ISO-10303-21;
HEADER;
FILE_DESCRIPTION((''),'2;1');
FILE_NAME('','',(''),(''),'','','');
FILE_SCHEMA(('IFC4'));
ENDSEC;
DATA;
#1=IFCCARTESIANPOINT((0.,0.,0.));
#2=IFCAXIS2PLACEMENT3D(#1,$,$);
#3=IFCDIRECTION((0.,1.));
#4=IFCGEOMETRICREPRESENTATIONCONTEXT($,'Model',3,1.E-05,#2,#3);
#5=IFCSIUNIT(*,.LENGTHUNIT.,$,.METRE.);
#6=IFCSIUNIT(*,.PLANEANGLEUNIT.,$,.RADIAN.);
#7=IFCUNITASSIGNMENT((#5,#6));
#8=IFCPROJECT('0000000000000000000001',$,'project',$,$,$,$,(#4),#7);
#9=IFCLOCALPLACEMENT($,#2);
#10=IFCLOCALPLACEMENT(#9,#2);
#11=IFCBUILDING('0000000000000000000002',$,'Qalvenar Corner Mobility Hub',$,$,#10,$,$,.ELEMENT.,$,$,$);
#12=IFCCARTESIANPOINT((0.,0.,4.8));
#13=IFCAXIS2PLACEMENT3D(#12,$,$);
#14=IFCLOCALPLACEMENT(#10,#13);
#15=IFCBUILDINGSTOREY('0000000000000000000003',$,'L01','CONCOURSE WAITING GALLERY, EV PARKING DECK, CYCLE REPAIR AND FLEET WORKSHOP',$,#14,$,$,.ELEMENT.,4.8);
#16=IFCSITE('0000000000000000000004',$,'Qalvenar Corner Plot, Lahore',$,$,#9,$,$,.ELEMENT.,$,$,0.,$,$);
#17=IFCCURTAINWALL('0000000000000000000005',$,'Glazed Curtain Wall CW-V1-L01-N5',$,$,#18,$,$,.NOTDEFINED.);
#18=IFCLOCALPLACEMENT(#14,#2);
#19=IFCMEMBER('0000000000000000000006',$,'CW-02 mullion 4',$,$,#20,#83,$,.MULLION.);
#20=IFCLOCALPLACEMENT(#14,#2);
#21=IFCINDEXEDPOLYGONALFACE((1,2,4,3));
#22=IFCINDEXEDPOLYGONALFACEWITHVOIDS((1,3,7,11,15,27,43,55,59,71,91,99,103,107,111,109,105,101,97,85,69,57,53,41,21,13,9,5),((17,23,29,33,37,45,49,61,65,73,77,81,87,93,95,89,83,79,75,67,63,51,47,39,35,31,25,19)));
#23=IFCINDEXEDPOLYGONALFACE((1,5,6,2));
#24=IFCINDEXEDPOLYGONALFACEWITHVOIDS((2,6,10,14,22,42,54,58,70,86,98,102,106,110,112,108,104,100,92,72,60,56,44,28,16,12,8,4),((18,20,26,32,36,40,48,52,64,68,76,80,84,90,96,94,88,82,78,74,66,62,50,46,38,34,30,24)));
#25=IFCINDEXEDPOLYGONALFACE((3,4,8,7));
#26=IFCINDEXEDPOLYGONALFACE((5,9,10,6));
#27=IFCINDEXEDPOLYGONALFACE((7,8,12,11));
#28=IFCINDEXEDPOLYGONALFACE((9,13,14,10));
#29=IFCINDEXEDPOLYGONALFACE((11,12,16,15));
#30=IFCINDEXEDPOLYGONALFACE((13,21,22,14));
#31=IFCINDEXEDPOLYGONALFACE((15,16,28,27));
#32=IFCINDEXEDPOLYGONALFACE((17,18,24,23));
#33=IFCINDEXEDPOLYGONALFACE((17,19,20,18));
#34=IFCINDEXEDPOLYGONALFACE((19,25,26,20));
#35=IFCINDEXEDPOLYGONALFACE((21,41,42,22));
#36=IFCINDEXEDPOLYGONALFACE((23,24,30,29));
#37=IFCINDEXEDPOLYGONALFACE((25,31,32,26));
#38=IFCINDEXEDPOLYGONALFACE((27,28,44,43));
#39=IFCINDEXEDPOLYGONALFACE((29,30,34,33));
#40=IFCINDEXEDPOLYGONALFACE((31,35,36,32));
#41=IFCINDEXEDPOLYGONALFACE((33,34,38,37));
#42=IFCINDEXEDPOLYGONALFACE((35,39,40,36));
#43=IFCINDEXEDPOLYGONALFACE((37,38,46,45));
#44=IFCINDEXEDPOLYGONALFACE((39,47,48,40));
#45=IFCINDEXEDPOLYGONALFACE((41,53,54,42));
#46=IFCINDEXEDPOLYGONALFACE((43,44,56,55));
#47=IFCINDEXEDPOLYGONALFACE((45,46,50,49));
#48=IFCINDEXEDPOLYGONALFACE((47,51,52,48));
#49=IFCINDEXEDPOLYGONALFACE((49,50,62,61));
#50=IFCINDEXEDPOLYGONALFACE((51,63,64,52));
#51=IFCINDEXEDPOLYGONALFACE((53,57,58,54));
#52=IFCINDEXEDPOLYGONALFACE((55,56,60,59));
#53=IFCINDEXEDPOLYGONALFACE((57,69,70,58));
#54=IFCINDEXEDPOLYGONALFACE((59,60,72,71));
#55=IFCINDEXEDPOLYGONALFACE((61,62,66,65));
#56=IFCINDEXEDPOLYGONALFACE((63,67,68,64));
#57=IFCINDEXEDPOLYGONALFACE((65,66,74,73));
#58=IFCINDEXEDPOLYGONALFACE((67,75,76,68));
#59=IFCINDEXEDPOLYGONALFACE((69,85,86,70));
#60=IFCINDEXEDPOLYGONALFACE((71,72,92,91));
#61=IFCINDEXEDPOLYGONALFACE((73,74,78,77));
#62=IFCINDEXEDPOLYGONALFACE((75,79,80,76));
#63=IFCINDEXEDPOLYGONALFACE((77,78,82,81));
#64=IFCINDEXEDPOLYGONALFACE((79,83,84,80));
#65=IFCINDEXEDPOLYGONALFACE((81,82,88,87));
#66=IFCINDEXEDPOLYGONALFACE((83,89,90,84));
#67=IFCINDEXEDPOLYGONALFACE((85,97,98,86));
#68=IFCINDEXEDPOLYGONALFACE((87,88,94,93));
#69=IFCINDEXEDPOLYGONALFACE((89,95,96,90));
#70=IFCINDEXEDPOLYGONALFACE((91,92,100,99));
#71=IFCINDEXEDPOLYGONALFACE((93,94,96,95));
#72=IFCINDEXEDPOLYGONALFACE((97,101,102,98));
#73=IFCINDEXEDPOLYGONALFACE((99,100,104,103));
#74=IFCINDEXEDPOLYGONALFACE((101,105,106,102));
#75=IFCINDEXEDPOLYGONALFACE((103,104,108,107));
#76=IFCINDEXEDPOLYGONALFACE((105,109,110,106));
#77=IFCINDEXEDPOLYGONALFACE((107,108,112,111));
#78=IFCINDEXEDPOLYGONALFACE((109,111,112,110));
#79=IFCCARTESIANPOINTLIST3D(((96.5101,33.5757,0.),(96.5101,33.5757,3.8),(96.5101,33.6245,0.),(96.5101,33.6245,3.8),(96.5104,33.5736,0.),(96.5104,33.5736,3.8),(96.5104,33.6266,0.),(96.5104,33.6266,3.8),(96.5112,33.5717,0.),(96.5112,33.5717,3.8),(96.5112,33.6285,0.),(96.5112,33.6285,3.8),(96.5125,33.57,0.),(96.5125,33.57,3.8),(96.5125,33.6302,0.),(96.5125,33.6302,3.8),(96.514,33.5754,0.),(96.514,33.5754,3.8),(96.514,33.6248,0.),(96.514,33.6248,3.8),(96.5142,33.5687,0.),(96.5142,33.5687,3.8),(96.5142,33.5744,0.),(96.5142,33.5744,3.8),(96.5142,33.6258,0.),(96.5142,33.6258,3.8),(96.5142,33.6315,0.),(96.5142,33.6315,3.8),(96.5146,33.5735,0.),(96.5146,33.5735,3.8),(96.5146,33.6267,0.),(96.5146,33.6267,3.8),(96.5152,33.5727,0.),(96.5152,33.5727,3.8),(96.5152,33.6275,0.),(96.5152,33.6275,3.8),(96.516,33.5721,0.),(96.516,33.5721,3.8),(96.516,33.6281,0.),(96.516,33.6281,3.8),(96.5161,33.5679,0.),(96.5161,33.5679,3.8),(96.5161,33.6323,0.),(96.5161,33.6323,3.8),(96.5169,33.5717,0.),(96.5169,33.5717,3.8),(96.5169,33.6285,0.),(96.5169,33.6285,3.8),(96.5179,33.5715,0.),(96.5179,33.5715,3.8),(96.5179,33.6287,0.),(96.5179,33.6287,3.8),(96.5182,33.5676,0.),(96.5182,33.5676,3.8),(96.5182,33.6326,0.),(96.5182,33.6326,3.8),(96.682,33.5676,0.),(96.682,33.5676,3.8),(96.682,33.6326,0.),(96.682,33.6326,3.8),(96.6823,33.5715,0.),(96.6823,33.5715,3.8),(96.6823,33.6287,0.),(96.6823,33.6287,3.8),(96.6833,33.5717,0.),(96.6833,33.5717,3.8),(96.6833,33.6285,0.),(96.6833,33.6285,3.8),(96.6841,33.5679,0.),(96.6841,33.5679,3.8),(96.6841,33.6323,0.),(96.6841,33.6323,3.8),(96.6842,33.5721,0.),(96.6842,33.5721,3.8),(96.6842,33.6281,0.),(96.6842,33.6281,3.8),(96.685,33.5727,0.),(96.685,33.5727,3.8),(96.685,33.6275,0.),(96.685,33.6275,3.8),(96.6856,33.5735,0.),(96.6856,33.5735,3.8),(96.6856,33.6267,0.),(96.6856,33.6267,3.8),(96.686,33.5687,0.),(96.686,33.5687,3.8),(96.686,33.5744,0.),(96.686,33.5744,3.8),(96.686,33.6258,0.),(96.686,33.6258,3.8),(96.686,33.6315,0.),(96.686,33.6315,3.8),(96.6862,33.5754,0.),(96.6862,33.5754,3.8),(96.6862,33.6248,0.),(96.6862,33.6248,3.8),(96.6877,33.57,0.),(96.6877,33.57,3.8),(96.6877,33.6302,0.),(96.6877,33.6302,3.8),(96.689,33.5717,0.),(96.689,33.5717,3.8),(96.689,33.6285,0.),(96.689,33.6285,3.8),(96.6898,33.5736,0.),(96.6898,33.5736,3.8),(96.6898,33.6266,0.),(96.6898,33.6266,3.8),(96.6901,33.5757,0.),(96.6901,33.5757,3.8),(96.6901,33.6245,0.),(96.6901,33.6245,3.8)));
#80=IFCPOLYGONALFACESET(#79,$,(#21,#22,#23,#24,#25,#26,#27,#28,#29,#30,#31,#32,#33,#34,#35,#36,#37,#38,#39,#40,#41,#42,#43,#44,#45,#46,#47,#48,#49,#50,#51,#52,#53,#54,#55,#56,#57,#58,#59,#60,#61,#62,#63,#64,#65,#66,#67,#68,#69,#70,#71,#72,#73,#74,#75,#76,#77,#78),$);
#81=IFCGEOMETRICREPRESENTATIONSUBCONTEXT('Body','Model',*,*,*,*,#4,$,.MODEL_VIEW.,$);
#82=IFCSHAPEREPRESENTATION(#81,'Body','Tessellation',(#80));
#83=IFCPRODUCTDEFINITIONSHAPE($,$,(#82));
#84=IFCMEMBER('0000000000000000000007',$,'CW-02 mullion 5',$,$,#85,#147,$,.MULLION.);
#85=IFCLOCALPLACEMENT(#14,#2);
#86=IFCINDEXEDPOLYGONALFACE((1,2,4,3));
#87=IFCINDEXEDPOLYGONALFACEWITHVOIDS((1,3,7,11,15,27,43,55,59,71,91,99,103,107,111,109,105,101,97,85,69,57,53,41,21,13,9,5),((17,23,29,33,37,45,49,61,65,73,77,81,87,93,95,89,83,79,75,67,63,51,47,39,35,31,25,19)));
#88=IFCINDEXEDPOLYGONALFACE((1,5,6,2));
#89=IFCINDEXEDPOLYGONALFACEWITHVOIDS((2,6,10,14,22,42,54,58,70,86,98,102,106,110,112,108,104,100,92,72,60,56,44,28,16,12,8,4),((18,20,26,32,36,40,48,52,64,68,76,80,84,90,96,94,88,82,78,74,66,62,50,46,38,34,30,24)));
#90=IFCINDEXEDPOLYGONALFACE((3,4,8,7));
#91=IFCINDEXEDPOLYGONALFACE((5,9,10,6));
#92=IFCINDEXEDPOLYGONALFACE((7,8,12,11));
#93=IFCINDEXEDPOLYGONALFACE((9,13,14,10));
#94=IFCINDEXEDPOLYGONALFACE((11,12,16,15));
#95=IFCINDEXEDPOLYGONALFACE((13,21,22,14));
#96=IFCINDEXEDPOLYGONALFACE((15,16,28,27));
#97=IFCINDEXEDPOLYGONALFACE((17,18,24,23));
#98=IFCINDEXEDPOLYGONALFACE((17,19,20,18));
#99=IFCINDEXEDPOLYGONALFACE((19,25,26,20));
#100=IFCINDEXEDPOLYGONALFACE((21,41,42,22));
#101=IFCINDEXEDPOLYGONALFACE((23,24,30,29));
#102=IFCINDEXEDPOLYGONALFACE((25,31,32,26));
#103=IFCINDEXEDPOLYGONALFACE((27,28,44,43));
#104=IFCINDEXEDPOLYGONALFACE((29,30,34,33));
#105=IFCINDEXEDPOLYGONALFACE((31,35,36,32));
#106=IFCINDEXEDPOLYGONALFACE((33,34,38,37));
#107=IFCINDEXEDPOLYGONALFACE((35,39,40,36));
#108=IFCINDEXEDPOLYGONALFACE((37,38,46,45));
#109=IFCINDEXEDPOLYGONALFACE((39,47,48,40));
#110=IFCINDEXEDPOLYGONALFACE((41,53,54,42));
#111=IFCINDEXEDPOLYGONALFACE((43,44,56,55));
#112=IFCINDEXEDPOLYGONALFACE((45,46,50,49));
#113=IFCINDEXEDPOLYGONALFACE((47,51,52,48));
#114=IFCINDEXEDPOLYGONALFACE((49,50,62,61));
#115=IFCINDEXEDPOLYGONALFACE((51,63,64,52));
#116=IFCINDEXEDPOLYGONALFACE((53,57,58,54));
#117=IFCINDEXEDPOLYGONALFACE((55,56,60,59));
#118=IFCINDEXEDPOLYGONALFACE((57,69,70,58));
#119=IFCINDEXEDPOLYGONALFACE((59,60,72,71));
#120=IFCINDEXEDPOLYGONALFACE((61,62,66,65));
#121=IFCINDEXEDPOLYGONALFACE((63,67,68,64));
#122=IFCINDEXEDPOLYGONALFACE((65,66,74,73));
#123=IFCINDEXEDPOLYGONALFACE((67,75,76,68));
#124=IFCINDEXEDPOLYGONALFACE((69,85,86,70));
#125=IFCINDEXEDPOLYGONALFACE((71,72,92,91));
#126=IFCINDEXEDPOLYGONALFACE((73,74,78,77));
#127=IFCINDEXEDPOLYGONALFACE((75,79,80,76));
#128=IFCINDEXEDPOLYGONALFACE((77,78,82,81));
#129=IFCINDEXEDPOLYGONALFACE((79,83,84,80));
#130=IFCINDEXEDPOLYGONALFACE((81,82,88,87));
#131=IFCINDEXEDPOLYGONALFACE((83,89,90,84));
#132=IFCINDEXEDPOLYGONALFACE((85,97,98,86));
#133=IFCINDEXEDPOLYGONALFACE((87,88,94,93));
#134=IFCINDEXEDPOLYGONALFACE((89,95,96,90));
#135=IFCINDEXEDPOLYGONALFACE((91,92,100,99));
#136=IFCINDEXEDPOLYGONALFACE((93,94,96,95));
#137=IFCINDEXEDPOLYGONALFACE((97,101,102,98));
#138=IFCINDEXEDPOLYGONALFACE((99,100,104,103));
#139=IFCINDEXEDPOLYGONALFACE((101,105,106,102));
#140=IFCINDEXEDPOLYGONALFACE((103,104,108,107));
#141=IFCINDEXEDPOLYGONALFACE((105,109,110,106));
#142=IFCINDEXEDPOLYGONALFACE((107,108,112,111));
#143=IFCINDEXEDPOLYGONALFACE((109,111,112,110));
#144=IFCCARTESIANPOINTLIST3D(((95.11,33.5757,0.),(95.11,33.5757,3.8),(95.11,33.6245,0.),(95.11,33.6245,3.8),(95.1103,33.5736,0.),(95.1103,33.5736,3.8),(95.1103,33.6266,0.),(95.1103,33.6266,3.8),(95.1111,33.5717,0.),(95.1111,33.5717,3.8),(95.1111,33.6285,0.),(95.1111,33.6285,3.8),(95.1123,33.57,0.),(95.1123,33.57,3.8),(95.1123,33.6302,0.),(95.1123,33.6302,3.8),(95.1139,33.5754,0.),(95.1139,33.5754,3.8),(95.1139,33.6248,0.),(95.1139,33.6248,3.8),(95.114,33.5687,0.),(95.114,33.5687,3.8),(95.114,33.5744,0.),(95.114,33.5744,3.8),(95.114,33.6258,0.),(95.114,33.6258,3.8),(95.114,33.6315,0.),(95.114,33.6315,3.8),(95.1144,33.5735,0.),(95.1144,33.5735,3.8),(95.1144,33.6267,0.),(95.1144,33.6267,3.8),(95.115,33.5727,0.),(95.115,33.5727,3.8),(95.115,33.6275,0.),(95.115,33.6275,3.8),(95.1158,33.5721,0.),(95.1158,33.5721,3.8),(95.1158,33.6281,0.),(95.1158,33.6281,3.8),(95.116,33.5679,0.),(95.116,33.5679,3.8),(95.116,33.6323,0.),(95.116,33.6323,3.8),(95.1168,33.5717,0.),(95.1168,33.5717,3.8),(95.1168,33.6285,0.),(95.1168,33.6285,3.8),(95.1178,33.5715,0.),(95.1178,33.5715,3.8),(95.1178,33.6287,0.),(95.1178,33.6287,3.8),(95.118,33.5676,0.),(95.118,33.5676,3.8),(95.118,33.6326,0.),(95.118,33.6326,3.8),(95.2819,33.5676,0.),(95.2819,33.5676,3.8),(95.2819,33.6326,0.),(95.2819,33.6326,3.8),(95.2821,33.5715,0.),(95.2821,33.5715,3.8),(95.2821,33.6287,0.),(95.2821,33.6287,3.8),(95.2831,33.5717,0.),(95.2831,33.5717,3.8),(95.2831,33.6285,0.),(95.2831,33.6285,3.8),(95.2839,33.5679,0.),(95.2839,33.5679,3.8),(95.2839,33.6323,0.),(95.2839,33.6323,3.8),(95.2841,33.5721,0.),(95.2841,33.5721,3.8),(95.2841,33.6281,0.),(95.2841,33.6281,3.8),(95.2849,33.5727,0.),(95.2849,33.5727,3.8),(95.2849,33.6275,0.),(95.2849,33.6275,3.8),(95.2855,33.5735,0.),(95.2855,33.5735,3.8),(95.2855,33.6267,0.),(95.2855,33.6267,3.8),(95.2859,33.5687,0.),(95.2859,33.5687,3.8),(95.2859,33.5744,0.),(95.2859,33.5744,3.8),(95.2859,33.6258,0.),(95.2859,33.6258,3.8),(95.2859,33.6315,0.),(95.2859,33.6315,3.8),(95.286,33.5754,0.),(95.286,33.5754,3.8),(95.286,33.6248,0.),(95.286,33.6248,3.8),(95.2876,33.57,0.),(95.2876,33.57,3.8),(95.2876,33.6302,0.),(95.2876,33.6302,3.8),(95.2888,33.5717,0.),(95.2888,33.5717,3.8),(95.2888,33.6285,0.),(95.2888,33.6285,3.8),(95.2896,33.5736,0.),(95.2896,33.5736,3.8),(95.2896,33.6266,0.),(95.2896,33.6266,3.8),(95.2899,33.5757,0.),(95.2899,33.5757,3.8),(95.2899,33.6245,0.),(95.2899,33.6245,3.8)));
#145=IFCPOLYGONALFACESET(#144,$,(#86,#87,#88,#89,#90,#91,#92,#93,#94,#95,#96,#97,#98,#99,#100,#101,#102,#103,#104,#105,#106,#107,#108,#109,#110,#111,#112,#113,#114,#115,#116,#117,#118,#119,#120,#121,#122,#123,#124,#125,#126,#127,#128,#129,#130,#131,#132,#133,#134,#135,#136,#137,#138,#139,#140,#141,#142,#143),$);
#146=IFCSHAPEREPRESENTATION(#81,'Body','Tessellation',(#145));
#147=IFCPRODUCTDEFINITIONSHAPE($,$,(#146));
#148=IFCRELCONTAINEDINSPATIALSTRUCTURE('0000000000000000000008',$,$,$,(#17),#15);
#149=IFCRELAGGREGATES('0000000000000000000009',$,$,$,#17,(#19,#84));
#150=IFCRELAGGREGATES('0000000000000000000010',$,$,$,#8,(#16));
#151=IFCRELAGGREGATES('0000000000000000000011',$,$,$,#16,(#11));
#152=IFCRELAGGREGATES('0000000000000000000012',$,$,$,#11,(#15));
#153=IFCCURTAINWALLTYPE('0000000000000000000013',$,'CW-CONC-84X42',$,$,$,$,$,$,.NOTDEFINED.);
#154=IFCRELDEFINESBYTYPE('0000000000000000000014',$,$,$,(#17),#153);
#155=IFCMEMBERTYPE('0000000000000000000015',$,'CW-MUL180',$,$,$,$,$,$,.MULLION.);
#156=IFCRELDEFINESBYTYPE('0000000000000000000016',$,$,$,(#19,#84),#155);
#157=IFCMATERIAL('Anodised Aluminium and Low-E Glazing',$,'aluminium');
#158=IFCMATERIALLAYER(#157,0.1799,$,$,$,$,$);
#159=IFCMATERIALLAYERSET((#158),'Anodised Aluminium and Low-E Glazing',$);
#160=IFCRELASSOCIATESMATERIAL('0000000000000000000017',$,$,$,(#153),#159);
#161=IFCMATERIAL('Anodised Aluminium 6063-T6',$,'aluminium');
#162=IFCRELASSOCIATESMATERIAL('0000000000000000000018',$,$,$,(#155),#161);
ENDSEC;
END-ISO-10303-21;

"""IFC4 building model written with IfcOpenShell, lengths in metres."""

from ifc_helpers import new_model, si_unit, direction, frame, origin, origin_2d, place, context, subcontext, project, spatial, hollow_rectangle, extrude, material, layer, layer_set, material_profile, profile_set, type_object, element, aggregate, save


model = new_model("IFC4")

# Units and contexts
model_context = context("Model", 3, precision=1e-05, world=origin(), true_north=direction((0.0, 1.0)))
body_context = subcontext(model_context, "Body", "Model", "MODEL_VIEW")
ifc_project = project(units=[si_unit("LENGTHUNIT", "METRE"), si_unit("PLANEANGLEUNIT", "RADIAN")], contexts=[model_context])

# Site, building, storey
site_placement = place(None, origin())
site = spatial("IfcSite", under=ifc_project, at=site_placement, Name="Qalvenar Corner Plot, Lahore", CompositionType="ELEMENT", RefElevation=0.0)
building_placement = place(site_placement, origin())
building = spatial("IfcBuilding", under=site, at=building_placement, Name="Qalvenar Corner Mobility Hub", CompositionType="ELEMENT")
storey_placement = place(building_placement, frame((0.0, 0.0, 4.8)))
storey = spatial("IfcBuildingStorey", under=building, at=storey_placement, Name="L01", Description="CONCOURSE WAITING GALLERY, EV PARKING DECK, CYCLE REPAIR AND FLEET WORKSHOP", CompositionType="ELEMENT", Elevation=4.8)

# Shared definitions
ifc_material_1 = material(Name="Anodised Aluminium and Low-E Glazing", Category="aluminium")
ifc_layer_1 = layer(ifc_material_1, 0.1799)
ifc_layer_set_1 = layer_set([ifc_layer_1], Name="Anodised Aluminium and Low-E Glazing")
curtain_wall_type = type_object("IfcCurtainWallType", Name="CW-CONC-84X42", PredefinedType="NOTDEFINED", material=ifc_layer_set_1)
ifc_material_2 = material(Name="Anodised Aluminium 6063-T6", Category="aluminium")
ifc_material_profile_1 = material_profile(ifc_material_2, hollow_rectangle(XDim=0.0649, YDim=0.1799, WallThickness=0.0039, InnerFilletRadius=0.0039, OuterFilletRadius=0.0081, at=origin_2d()), Name="RHS180x65x4")
ifc_profile_set_1 = profile_set([ifc_material_profile_1], Name="Anodised Aluminium 6063-T6")
member_type_1 = type_object("IfcMemberType", Name="CW-MUL180", PredefinedType="MULLION", material=ifc_profile_set_1)

# Curtain wall, members
curtain_wall_1_placement = place(storey_placement, origin())
curtain_wall_1 = element("IfcCurtainWall", 1, at=curtain_wall_1_placement, inside=storey, type_object=curtain_wall_type, Name="Glazed Curtain Wall CW-V1-L01-N5", PredefinedType="NOTDEFINED")
member_1_placement = place(storey_placement, frame((96.6001, 33.6001, 0.0), z_axis=(0.0, 0.0, 1.0), x_axis=(0.0, -1.0, 0.0)))
member_1 = element("IfcMember", 2, at=member_1_placement, type_object=member_type_1, Name="CW-02 mullion 4", PredefinedType="MULLION", context=body_context, shape_type="SweptSolid", body=[
    extrude(hollow_rectangle(XDim=0.0649, YDim=0.1799, WallThickness=0.0039, InnerFilletRadius=0.0039, OuterFilletRadius=0.0081, at=origin_2d()), origin(), (0.0, 0.0, 1.0), 3.8),
])
member_2_placement = place(storey_placement, frame((95.2, 33.6001, 0.0), z_axis=(0.0, 0.0, 1.0), x_axis=(0.0, -1.0, 0.0)))
member_2 = element("IfcMember", 3, at=member_2_placement, type_object=member_type_1, Name="CW-02 mullion 5", PredefinedType="MULLION", context=body_context, shape_type="SweptSolid", body=[
    extrude(hollow_rectangle(XDim=0.0649, YDim=0.1799, WallThickness=0.0039, InnerFilletRadius=0.0039, OuterFilletRadius=0.0081, at=origin_2d()), origin(), (0.0, 0.0, 1.0), 3.8),
])
aggregate(curtain_wall_1, [member_1, member_2])

save(model, "model.ifc")
